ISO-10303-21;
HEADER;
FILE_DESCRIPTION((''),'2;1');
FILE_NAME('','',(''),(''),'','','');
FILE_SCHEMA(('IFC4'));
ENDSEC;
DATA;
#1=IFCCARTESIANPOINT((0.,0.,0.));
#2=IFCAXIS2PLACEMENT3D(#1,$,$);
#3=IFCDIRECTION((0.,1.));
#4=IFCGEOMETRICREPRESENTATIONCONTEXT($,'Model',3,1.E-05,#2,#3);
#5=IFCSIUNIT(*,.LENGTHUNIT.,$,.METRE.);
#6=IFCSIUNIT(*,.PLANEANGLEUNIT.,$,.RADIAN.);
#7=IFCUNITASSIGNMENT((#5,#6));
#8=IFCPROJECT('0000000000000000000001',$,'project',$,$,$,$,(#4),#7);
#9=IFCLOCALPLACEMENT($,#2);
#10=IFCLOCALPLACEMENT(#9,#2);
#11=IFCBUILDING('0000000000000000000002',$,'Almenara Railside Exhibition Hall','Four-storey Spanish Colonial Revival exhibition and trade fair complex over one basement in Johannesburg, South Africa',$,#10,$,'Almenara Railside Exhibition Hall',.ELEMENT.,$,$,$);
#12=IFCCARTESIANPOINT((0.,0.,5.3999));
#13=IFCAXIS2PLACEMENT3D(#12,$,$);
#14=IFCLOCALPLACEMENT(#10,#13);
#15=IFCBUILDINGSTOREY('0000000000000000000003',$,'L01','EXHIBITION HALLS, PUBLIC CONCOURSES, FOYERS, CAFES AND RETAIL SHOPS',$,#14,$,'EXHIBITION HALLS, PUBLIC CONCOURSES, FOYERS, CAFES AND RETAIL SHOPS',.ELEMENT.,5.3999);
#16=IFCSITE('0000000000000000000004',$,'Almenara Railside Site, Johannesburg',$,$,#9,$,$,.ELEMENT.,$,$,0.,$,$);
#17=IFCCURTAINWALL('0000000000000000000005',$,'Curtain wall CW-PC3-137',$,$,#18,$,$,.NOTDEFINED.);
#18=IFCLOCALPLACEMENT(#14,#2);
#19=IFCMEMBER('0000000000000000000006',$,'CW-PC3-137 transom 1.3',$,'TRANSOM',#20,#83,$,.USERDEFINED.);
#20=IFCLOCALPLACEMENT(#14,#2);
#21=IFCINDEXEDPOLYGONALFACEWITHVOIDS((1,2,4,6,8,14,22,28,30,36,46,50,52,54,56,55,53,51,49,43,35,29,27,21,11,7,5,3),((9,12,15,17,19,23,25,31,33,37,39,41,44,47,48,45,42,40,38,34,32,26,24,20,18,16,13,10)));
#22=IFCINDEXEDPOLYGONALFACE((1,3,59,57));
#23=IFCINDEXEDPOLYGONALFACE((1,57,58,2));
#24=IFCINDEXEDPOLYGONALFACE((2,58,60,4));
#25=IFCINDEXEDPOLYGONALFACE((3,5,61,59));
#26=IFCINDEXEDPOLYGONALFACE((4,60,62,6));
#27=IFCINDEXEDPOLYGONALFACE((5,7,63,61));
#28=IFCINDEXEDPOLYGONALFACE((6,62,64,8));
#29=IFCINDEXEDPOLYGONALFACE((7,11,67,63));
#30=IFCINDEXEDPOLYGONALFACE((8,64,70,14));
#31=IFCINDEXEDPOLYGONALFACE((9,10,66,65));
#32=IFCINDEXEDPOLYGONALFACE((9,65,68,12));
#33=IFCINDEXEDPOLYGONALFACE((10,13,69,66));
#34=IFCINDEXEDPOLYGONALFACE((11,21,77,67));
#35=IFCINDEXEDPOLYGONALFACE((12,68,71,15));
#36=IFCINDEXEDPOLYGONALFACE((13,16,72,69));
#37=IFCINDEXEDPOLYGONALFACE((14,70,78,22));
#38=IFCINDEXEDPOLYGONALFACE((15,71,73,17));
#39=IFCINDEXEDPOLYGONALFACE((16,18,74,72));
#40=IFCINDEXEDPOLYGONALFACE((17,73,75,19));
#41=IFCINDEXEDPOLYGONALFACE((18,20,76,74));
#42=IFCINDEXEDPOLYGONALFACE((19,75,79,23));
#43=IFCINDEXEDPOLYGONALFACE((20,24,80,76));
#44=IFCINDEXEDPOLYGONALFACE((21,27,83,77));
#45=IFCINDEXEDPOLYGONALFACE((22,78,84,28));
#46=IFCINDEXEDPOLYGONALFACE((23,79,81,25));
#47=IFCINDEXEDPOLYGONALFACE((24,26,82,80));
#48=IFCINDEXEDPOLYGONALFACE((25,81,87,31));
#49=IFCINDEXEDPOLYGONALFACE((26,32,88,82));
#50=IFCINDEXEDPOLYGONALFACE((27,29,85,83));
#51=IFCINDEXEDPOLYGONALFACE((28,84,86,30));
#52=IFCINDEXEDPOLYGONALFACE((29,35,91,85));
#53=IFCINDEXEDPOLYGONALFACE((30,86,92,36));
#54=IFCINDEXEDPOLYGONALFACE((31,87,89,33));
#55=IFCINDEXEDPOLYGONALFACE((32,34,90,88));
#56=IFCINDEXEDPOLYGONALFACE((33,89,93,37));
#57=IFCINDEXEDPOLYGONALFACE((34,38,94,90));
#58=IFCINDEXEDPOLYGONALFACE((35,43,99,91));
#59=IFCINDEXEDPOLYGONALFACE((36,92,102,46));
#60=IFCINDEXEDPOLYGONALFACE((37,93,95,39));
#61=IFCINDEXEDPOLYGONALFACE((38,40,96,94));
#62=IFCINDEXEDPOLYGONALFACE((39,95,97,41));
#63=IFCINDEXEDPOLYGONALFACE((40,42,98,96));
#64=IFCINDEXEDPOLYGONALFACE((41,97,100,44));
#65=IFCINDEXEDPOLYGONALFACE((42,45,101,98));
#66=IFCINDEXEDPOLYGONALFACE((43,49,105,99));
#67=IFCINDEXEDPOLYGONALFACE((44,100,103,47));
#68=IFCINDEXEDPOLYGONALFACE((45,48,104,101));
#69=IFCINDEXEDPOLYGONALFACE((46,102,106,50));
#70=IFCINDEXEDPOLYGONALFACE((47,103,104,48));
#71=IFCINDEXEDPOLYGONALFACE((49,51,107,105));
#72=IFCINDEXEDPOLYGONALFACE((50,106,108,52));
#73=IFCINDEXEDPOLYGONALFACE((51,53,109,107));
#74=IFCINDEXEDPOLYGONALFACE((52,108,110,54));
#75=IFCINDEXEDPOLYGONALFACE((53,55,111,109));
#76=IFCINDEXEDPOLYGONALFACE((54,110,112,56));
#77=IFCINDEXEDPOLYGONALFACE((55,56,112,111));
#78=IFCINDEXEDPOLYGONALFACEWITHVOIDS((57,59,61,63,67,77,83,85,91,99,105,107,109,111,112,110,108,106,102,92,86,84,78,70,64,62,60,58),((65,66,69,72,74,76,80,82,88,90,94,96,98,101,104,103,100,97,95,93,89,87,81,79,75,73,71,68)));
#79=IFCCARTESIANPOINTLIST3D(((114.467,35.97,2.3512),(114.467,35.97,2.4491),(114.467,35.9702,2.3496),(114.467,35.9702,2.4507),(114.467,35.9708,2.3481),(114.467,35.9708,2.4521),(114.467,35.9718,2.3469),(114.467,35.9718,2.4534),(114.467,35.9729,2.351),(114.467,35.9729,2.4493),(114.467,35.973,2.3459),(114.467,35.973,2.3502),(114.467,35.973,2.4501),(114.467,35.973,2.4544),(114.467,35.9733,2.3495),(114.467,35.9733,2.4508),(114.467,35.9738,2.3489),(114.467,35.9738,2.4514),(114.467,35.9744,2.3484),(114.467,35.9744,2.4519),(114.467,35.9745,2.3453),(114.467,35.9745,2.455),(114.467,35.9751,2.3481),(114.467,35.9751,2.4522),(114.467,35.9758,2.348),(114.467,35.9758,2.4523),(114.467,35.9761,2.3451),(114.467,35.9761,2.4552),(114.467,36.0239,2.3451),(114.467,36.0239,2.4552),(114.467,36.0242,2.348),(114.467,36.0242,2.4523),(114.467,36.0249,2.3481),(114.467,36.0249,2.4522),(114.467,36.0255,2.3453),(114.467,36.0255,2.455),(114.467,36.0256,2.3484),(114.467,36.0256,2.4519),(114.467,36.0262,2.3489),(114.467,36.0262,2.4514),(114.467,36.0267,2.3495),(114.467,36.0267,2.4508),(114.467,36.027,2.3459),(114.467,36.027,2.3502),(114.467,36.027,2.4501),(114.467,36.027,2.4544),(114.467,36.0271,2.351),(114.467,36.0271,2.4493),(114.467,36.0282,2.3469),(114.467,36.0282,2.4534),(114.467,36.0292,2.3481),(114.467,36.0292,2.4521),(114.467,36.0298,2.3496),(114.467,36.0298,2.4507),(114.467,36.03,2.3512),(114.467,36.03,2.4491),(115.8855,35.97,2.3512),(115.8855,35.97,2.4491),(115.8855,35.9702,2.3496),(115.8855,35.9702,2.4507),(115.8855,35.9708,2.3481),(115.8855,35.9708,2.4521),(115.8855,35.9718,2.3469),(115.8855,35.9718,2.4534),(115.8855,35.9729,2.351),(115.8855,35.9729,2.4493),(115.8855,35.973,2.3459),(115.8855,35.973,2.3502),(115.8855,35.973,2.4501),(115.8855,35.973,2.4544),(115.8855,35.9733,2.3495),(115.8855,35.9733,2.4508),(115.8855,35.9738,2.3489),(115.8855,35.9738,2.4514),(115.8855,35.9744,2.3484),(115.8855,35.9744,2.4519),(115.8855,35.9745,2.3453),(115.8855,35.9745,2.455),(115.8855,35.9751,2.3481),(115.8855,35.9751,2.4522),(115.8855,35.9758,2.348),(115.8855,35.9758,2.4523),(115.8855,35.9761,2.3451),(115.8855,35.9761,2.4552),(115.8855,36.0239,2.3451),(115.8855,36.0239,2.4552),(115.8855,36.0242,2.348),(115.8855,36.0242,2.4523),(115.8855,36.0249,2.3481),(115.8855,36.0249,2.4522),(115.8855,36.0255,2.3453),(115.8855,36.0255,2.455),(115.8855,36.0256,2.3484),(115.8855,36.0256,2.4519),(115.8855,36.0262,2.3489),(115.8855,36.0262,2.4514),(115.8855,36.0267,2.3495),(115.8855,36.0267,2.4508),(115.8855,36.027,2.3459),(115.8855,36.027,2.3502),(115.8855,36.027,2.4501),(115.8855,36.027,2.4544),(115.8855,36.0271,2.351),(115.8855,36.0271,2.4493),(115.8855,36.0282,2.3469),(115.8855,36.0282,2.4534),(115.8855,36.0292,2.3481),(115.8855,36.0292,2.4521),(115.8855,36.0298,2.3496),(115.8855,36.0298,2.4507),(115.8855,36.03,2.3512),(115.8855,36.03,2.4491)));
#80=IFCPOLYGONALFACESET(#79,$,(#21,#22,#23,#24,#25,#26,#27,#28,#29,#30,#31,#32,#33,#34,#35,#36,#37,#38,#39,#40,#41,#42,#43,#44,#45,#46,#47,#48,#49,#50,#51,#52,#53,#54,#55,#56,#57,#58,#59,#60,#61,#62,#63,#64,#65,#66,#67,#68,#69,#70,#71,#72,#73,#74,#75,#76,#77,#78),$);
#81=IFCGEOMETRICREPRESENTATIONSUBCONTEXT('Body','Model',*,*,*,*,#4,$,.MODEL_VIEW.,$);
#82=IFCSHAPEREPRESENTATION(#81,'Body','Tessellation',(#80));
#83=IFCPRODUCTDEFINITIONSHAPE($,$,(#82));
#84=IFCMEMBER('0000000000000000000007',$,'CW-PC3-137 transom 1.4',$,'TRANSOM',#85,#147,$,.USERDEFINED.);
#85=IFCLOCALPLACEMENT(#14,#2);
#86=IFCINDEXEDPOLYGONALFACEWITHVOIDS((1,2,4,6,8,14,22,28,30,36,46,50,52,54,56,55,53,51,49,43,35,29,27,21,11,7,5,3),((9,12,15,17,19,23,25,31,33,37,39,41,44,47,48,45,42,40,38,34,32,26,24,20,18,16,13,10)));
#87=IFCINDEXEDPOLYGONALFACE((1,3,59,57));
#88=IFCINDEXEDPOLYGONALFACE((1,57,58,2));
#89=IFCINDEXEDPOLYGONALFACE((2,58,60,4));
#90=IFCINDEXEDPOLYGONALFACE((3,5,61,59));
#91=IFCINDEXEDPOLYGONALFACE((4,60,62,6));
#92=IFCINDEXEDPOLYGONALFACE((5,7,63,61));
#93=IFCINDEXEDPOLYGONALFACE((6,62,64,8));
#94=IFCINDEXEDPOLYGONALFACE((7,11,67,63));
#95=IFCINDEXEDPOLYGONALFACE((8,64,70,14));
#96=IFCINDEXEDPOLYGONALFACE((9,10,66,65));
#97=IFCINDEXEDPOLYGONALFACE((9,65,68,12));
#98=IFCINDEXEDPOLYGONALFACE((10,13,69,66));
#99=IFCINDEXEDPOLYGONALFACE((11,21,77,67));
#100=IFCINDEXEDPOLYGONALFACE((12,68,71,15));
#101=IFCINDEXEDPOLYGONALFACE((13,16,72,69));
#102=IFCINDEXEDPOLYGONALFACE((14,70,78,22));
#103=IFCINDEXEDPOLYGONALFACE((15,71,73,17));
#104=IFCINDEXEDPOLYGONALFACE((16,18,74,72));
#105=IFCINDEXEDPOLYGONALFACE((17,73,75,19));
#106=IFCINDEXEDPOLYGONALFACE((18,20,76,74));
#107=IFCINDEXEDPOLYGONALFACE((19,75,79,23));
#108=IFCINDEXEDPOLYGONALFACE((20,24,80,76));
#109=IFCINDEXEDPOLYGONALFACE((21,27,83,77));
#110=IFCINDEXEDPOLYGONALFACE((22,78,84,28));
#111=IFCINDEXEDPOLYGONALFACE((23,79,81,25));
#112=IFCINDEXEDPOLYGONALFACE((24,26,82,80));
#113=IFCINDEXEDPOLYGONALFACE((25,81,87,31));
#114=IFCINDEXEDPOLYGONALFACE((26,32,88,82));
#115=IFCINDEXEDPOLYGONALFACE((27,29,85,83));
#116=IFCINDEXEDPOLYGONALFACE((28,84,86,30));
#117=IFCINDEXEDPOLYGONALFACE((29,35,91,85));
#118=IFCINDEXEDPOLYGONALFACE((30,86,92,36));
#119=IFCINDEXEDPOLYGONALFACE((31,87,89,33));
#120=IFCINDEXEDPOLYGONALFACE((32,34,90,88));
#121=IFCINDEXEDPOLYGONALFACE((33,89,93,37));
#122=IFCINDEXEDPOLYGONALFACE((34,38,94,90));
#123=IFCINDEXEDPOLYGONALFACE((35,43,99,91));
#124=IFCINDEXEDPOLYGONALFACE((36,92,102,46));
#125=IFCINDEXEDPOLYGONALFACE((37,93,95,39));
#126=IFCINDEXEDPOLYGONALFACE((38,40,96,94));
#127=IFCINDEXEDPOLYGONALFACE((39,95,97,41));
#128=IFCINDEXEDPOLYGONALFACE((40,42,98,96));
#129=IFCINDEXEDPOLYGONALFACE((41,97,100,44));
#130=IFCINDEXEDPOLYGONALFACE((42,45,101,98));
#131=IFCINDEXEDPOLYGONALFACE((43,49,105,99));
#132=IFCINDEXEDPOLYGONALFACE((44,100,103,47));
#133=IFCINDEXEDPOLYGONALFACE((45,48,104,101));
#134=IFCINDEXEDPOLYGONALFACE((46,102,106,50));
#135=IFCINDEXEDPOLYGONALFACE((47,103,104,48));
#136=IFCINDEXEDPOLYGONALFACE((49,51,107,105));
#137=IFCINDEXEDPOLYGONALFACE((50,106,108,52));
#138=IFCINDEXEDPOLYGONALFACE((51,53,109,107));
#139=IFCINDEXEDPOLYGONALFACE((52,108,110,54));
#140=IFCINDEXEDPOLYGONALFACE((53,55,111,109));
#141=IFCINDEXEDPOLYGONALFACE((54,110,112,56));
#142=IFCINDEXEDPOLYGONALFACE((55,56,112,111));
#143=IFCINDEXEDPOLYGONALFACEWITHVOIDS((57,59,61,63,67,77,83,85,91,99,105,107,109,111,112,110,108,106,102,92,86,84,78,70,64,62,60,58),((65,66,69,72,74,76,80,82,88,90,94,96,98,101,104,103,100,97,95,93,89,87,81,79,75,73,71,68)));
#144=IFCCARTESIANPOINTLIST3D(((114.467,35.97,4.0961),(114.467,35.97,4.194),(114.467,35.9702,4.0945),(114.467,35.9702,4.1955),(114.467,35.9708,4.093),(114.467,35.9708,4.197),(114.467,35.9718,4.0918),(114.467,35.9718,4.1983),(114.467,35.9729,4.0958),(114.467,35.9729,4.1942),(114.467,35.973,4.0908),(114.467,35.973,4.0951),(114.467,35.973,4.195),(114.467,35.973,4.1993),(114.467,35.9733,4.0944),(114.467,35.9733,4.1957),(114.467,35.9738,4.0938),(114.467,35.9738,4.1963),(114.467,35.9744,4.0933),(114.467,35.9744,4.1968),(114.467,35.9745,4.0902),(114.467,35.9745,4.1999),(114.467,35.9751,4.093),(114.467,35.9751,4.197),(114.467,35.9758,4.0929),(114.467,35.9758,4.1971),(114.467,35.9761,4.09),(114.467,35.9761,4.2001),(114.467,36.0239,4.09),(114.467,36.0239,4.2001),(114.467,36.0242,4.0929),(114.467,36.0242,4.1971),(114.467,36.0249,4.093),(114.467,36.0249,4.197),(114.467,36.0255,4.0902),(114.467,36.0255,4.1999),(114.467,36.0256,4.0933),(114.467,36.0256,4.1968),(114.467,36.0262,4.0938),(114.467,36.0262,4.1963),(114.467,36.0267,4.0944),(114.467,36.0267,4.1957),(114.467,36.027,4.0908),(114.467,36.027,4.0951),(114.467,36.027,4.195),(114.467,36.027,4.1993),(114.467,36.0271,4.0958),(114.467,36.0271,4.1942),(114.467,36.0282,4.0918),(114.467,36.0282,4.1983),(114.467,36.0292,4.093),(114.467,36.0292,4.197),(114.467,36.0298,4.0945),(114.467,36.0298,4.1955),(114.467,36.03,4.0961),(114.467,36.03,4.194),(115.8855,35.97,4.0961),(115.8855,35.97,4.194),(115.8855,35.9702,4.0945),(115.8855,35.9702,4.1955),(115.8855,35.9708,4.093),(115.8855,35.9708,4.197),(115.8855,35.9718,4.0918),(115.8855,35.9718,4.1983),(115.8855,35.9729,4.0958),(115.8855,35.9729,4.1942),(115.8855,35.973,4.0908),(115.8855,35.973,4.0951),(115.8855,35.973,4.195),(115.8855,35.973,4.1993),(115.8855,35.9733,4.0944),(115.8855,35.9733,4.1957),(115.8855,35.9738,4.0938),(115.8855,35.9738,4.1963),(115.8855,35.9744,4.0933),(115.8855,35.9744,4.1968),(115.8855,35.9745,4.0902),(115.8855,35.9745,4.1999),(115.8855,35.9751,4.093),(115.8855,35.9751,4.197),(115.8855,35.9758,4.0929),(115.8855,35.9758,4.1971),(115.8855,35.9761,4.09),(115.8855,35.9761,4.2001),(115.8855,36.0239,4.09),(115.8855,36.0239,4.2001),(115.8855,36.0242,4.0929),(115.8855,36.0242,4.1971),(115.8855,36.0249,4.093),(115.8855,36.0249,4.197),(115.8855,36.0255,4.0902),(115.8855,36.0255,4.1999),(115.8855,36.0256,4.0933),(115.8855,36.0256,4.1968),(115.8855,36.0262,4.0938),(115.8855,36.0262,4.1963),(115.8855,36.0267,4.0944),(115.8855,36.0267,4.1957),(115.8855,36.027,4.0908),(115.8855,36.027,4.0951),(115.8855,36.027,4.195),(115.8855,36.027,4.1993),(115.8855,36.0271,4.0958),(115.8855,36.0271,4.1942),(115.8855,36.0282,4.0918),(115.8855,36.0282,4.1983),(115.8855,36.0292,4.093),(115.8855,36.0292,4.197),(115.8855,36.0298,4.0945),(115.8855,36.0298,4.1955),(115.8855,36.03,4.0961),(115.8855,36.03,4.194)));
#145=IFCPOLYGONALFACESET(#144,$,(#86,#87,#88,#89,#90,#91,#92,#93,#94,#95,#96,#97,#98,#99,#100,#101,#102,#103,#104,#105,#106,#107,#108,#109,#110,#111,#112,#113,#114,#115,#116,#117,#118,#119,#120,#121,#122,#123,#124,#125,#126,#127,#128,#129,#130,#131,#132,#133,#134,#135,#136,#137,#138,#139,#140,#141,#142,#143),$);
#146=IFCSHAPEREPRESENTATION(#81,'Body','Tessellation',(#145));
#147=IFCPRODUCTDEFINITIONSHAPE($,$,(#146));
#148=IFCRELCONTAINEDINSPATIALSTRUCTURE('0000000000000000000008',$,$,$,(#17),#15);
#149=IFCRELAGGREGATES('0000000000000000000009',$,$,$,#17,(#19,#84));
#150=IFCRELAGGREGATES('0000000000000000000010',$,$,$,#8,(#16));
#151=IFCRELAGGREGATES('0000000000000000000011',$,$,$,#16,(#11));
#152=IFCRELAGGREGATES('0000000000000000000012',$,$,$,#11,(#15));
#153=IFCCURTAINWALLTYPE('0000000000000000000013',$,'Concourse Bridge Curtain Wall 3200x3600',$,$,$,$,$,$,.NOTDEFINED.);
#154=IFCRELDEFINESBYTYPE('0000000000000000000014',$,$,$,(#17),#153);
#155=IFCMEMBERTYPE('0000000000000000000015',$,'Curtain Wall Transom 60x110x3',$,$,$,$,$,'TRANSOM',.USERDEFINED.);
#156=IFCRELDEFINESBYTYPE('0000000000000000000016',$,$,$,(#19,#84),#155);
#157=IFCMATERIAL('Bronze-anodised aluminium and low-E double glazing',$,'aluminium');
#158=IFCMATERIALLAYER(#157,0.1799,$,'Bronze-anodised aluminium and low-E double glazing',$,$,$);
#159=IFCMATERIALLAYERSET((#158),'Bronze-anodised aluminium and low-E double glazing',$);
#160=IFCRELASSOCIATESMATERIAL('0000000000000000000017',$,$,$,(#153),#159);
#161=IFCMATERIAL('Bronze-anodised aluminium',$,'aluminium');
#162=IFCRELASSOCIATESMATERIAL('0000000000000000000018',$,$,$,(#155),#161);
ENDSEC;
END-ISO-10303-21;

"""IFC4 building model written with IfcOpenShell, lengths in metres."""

from ifc_helpers import new_model, si_unit, direction, frame, origin, origin_2d, place, context, subcontext, project, spatial, hollow_rectangle, extrude, material, layer, layer_set, material_profile, profile_set, type_object, element, aggregate, save


model = new_model("IFC4")

# Units and contexts
model_context = context("Model", 3, precision=1e-05, world=origin(), true_north=direction((0.0, 1.0)))
body_context = subcontext(model_context, "Body", "Model", "MODEL_VIEW")
ifc_project = project(units=[si_unit("LENGTHUNIT", "METRE"), si_unit("PLANEANGLEUNIT", "RADIAN")], contexts=[model_context])

# Site, building, storey
site_placement = place(None, origin())
site = spatial("IfcSite", under=ifc_project, at=site_placement, Name="Almenara Railside Site, Johannesburg", CompositionType="ELEMENT", RefElevation=0.0)
building_placement = place(site_placement, origin())
building = spatial("IfcBuilding", under=site, at=building_placement, Name="Almenara Railside Exhibition Hall", Description="Four-storey Spanish Colonial Revival exhibition and trade fair complex over one basement in Johannesburg, South Africa", LongName="Almenara Railside Exhibition Hall", CompositionType="ELEMENT")
storey_placement = place(building_placement, frame((0.0, 0.0, 5.3999)))
storey = spatial("IfcBuildingStorey", under=building, at=storey_placement, Name="L01", Description="EXHIBITION HALLS, PUBLIC CONCOURSES, FOYERS, CAFES AND RETAIL SHOPS", LongName="EXHIBITION HALLS, PUBLIC CONCOURSES, FOYERS, CAFES AND RETAIL SHOPS", CompositionType="ELEMENT", Elevation=5.3999)

# Curtain wall
ifc_material_1 = material(Name="Bronze-anodised aluminium and low-E double glazing", Category="aluminium")
ifc_layer_1 = layer(ifc_material_1, 0.1799, Name="Bronze-anodised aluminium and low-E double glazing")
ifc_layer_set_1 = layer_set([ifc_layer_1], Name="Bronze-anodised aluminium and low-E double glazing")
curtain_wall_type_1 = type_object("IfcCurtainWallType", Name="Concourse Bridge Curtain Wall 3200x3600", PredefinedType="NOTDEFINED", material=ifc_layer_set_1)
curtain_wall_1_placement = place(storey_placement, origin())
curtain_wall_1 = element("IfcCurtainWall", 1, at=curtain_wall_1_placement, inside=storey, type_object=curtain_wall_type_1, Name="Curtain wall CW-PC3-137", PredefinedType="NOTDEFINED")
ifc_material_2 = material(Name="Bronze-anodised aluminium", Category="aluminium")

# Members
ifc_material_profile_1 = material_profile(ifc_material_2, hollow_rectangle(XDim=0.0601, YDim=0.1101, WallThickness=0.0029, InnerFilletRadius=0.0029, OuterFilletRadius=0.0061, at=origin_2d()), Name="ALU-TRN 60x110x3")
ifc_profile_set_1 = profile_set([ifc_material_profile_1], Name="Bronze-anodised aluminium")
member_type_1 = type_object("IfcMemberType", Name="Curtain Wall Transom 60x110x3", ElementType="TRANSOM", PredefinedType="USERDEFINED", material=ifc_profile_set_1)
member_1_placement = place(storey_placement, frame((114.467, 36.0, 2.4001), z_axis=(1.0, 0.0, 0.0), x_axis=(0.0, 1.0, 0.0)))
member_1 = element("IfcMember", 2, at=member_1_placement, type_object=member_type_1, Name="CW-PC3-137 transom 1.3", ObjectType="TRANSOM", PredefinedType="USERDEFINED", context=body_context, shape_type="SweptSolid", body=[
    extrude(hollow_rectangle(XDim=0.0601, YDim=0.1101, WallThickness=0.0029, InnerFilletRadius=0.0029, OuterFilletRadius=0.0061, at=origin_2d()), origin(), (0.0, 0.0, 1.0), 1.4185),
])
member_2_placement = place(storey_placement, frame((114.467, 36.0, 4.145), z_axis=(1.0, 0.0, 0.0), x_axis=(0.0, 1.0, 0.0)))
member_2 = element("IfcMember", 3, at=member_2_placement, type_object=member_type_1, Name="CW-PC3-137 transom 1.4", ObjectType="TRANSOM", PredefinedType="USERDEFINED", context=body_context, shape_type="SweptSolid", body=[
    extrude(hollow_rectangle(XDim=0.0601, YDim=0.1101, WallThickness=0.0029, InnerFilletRadius=0.0029, OuterFilletRadius=0.0061, at=origin_2d()), origin(), (0.0, 0.0, 1.0), 1.4185),
])

aggregate(curtain_wall_1, [member_1, member_2])

save(model, "model.ifc")
